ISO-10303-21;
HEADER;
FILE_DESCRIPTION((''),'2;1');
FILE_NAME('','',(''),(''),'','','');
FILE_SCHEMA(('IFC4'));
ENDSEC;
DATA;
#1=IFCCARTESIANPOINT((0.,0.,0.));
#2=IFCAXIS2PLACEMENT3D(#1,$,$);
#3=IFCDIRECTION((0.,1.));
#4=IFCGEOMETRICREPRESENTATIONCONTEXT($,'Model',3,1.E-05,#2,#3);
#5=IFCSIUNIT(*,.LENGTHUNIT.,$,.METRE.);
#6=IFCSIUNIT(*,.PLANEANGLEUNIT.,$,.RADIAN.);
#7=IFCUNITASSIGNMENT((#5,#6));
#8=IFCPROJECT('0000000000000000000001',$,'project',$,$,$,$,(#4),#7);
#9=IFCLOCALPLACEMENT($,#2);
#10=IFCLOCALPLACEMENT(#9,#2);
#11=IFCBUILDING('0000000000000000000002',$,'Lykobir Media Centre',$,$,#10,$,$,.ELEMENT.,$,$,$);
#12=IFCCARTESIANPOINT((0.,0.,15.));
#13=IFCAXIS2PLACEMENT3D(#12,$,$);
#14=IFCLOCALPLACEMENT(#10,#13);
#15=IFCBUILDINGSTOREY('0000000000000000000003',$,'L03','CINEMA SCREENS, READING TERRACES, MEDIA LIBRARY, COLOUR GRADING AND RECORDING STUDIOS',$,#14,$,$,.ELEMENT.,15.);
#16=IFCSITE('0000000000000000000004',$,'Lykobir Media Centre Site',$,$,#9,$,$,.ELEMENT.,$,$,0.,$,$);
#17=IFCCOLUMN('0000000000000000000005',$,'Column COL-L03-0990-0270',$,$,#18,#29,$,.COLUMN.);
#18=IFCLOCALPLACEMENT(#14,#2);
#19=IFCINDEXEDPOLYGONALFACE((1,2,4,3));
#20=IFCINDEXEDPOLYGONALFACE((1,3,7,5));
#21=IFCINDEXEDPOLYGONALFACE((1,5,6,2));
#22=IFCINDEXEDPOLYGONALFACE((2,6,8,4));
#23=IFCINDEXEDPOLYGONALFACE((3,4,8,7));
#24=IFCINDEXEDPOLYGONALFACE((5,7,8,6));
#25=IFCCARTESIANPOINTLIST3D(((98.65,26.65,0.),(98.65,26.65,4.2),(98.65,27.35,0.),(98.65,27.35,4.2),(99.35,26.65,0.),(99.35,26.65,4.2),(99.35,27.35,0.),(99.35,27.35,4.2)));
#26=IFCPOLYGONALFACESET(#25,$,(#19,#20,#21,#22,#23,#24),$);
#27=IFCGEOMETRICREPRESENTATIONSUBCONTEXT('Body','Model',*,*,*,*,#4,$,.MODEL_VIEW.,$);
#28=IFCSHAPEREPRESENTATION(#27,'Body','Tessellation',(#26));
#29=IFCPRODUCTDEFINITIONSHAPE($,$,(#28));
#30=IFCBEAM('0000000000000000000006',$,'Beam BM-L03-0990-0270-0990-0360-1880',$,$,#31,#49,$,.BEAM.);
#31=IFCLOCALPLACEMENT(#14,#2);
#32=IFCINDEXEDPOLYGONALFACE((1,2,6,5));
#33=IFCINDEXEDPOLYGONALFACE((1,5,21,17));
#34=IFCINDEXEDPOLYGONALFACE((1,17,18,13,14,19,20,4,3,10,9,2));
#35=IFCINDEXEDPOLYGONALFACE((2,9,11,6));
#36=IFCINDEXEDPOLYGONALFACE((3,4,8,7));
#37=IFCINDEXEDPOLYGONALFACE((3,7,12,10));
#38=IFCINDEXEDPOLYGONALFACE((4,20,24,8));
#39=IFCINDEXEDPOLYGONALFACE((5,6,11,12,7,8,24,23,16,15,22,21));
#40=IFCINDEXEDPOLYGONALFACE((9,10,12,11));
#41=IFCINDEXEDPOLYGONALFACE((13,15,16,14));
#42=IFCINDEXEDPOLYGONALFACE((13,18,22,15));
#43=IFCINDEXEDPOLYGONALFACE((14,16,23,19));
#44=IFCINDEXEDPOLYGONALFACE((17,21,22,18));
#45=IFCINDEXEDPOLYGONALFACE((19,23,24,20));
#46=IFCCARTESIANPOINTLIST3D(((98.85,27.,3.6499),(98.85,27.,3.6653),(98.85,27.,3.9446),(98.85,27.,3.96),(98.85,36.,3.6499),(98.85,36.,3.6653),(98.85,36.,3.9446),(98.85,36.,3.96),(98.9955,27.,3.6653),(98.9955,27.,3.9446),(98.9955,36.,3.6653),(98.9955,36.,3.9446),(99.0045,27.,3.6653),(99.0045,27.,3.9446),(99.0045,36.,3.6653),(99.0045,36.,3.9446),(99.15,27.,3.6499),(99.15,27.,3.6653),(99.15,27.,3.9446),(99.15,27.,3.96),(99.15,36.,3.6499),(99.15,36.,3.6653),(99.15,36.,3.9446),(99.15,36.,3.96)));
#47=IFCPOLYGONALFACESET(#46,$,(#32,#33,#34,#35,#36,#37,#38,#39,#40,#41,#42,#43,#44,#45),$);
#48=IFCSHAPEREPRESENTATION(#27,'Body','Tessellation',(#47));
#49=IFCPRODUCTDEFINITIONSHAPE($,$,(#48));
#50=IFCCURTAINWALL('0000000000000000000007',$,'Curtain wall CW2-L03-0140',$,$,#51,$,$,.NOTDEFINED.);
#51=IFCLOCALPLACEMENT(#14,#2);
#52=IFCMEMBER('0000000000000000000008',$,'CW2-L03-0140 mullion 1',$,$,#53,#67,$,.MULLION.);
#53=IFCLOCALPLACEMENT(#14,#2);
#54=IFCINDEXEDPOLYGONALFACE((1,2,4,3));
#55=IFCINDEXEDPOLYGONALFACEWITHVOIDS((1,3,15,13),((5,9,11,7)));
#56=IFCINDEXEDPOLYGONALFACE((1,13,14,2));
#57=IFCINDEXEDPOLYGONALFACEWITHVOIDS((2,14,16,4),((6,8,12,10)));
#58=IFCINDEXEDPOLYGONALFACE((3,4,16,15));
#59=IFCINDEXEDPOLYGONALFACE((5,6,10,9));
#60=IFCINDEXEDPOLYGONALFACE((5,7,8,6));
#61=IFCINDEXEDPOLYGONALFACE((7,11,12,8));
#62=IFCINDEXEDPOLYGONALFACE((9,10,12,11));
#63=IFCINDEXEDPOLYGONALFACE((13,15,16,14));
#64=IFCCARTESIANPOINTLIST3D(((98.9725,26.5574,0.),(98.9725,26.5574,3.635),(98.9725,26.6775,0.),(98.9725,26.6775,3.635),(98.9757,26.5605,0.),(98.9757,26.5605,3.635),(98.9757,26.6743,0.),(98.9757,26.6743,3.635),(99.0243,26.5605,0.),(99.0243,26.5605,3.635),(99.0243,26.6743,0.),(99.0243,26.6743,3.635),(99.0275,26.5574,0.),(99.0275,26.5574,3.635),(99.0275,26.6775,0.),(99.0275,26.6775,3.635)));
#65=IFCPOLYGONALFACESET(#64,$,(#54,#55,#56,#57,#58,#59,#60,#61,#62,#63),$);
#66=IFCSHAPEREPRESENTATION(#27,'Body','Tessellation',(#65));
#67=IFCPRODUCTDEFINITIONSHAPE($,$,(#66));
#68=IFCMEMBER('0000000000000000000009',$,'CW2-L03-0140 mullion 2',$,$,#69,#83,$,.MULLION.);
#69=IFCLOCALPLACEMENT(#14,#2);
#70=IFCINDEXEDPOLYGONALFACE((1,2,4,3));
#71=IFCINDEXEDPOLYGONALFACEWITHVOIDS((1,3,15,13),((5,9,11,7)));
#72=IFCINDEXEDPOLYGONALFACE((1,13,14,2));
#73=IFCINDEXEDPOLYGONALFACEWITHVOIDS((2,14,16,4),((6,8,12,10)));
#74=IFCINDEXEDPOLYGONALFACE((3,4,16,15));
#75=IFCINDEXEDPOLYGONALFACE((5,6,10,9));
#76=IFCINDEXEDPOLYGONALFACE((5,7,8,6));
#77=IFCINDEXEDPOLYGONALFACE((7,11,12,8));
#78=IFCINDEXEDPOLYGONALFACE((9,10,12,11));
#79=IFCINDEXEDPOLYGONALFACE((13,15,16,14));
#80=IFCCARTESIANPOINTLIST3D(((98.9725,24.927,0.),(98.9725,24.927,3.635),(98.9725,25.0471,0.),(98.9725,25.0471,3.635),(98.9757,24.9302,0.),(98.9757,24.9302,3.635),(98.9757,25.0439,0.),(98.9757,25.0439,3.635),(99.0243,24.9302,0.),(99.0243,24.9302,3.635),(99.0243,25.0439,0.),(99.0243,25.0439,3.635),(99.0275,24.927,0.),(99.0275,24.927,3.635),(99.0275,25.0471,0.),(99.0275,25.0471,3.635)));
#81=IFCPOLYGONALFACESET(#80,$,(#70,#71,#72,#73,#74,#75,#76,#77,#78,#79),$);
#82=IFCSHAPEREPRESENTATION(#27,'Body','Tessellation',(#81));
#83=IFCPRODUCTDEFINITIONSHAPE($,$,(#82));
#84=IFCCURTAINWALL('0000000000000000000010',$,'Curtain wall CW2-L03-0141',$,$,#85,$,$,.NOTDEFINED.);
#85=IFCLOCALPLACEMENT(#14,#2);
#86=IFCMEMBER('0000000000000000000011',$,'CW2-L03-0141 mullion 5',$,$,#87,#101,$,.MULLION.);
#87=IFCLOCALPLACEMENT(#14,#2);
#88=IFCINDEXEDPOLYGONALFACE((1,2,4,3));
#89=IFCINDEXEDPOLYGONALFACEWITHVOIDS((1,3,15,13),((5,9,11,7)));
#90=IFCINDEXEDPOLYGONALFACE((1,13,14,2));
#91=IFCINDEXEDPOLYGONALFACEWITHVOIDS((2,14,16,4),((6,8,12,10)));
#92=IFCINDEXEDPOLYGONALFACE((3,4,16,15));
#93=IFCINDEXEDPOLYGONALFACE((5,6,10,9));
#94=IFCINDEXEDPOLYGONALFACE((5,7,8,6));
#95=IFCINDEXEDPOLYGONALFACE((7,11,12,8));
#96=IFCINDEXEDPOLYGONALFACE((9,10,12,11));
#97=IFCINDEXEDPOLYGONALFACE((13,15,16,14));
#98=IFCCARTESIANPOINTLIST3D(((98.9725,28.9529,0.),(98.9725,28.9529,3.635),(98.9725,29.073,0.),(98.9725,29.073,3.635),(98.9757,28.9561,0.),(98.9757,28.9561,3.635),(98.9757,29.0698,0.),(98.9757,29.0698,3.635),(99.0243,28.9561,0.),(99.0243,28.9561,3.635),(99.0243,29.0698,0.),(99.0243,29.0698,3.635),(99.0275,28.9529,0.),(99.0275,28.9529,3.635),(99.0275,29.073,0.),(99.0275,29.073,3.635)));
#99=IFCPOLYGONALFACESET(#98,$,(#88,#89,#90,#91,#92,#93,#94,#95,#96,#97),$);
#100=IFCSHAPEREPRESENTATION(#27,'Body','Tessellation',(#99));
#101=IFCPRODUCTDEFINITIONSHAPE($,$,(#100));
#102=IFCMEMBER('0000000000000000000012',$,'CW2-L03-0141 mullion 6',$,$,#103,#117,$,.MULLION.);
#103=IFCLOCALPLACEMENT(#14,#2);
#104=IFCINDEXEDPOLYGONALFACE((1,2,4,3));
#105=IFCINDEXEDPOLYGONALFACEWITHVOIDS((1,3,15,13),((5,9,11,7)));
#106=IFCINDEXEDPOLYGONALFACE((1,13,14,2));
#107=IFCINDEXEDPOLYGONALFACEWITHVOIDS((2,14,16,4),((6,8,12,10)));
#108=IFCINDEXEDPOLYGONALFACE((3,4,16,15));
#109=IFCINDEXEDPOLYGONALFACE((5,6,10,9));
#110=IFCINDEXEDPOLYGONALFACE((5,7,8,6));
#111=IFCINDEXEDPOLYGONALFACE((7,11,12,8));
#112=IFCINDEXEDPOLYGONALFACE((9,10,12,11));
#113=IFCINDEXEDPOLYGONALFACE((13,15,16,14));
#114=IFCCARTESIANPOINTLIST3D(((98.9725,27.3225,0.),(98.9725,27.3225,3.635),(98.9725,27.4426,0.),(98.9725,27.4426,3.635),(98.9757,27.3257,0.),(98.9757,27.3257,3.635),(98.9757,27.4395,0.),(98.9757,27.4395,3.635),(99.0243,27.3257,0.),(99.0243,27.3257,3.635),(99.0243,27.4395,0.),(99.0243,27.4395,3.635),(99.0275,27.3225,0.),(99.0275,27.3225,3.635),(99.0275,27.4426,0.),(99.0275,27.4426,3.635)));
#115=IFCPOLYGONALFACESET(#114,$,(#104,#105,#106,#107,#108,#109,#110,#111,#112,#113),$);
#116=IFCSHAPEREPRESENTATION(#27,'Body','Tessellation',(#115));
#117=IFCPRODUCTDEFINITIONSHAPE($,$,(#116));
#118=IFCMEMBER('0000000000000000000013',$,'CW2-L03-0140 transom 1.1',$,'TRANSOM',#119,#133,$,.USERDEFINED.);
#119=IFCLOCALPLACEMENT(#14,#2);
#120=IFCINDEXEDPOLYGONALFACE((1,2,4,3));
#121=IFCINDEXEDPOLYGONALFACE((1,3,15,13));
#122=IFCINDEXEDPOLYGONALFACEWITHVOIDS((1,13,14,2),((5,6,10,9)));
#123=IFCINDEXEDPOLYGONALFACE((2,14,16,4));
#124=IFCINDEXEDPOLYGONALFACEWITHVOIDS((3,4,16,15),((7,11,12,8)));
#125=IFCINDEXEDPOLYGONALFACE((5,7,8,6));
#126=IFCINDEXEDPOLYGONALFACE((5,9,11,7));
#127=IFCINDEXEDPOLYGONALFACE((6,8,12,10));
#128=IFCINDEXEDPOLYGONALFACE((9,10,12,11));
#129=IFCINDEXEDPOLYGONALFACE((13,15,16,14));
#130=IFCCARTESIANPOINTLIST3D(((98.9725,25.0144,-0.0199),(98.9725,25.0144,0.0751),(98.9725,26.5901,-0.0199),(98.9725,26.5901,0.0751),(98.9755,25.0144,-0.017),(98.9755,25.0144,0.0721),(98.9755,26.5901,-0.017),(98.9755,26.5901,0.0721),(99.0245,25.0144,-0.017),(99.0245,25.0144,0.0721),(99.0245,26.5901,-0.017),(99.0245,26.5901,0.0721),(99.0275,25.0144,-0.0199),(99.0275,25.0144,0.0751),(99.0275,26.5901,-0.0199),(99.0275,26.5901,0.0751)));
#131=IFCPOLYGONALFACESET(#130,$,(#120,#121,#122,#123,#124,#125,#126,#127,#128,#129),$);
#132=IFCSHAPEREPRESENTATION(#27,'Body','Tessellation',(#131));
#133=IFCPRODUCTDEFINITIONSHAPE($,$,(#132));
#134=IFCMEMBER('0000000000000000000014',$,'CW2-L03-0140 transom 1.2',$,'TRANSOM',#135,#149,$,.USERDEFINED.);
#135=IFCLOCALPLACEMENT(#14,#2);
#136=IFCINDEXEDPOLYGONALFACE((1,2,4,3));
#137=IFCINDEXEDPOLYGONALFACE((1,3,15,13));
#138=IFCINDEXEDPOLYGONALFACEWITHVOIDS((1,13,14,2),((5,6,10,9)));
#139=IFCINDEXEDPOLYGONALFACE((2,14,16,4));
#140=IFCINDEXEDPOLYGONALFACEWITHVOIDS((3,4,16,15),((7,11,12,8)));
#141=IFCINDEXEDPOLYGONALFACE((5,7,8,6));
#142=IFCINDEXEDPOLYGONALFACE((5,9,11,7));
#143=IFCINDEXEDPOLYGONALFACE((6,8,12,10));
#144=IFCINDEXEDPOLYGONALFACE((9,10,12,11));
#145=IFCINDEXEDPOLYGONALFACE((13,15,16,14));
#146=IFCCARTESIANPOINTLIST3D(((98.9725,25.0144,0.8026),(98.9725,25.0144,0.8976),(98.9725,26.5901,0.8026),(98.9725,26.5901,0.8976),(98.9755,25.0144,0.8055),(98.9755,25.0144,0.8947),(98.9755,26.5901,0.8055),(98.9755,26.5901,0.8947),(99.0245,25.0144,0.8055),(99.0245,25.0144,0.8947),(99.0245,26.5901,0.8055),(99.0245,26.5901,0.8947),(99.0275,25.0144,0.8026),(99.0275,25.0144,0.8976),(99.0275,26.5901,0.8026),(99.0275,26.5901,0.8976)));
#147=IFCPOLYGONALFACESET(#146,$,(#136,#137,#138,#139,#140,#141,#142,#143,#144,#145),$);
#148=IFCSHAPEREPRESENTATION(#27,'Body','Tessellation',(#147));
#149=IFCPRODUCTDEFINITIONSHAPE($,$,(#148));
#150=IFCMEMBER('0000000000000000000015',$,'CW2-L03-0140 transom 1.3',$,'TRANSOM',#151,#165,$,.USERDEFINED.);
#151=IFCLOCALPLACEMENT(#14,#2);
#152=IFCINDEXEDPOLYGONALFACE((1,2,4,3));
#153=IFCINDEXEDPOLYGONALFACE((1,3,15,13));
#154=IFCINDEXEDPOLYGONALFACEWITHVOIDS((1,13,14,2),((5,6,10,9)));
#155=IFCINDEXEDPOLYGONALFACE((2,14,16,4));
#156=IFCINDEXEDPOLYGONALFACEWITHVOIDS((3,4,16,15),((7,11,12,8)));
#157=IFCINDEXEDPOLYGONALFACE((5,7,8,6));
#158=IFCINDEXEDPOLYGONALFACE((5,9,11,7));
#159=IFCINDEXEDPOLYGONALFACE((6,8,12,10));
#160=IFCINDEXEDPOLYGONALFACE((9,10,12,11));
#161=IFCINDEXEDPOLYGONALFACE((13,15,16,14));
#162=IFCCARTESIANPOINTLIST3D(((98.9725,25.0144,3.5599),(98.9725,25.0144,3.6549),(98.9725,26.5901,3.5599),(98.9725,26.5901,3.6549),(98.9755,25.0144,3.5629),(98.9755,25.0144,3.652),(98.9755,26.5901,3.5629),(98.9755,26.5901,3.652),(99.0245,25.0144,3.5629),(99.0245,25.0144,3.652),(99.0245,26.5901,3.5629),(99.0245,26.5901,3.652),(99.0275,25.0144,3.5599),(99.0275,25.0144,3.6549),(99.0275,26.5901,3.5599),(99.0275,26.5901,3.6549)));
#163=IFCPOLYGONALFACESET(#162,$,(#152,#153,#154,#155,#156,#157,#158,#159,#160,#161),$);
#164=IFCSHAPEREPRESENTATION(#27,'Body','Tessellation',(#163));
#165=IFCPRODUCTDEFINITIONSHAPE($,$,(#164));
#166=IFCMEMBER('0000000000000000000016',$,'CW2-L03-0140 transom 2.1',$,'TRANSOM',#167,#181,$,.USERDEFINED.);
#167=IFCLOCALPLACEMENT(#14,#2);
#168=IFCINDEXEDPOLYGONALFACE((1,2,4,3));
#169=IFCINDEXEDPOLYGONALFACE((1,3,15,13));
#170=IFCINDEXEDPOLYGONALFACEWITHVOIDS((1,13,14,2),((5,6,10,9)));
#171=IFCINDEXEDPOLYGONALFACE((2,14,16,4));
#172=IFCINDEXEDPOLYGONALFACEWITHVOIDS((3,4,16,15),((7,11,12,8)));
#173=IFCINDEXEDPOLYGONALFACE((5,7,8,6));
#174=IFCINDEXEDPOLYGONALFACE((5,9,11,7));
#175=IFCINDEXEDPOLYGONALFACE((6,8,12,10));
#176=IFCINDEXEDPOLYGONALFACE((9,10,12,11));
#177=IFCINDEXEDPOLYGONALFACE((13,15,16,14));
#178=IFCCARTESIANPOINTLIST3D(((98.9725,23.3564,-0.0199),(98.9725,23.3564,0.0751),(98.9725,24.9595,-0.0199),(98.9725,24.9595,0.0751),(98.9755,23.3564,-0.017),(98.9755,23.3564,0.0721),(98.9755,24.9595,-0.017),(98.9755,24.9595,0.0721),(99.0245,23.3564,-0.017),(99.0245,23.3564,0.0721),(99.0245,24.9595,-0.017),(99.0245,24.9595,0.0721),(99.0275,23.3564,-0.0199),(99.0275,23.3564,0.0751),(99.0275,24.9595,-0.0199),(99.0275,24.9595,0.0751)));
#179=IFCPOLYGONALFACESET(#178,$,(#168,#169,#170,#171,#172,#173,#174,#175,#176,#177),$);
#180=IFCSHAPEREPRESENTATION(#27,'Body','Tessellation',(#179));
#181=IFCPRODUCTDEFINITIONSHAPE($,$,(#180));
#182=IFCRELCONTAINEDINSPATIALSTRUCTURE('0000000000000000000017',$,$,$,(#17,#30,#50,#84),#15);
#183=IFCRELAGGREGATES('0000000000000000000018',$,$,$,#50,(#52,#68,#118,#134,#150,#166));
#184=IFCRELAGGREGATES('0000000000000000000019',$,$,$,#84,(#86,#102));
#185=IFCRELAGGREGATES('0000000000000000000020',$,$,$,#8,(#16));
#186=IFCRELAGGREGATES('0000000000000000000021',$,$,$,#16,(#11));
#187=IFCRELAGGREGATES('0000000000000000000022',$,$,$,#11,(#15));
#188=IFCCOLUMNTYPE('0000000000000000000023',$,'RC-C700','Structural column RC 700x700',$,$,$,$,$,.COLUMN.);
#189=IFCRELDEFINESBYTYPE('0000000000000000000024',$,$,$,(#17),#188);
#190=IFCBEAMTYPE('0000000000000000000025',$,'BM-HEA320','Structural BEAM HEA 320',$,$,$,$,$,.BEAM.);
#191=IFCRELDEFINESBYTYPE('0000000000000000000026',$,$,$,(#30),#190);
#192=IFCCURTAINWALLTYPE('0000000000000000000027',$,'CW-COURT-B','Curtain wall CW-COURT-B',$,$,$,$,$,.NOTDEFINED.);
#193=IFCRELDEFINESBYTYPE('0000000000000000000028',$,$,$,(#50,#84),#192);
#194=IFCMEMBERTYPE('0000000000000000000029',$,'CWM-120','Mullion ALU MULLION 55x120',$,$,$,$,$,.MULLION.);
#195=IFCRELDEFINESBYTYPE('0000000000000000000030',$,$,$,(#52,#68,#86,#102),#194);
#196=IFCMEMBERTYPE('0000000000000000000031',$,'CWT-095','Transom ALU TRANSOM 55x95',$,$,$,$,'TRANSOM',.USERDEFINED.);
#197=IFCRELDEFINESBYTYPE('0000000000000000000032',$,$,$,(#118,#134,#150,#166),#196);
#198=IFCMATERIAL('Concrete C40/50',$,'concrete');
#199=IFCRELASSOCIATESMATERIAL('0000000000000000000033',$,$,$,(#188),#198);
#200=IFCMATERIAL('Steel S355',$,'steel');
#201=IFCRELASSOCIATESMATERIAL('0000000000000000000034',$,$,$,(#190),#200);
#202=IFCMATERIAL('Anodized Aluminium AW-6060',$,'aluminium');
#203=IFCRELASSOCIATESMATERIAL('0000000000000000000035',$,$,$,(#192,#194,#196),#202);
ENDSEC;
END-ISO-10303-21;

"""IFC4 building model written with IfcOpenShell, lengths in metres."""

from ifc_helpers import new_model, si_unit, direction, frame, origin, origin_2d, place, context, subcontext, project, spatial, rectangle, hollow_rectangle, i_section, extrude, material, material_profile, profile_set, type_object, element, aggregate, save


model = new_model("IFC4")

# Units and contexts
model_context = context("Model", 3, precision=1e-05, world=origin(), true_north=direction((0.0, 1.0)))
body_context = subcontext(model_context, "Body", "Model", "MODEL_VIEW")
ifc_project = project(units=[si_unit("LENGTHUNIT", "METRE"), si_unit("PLANEANGLEUNIT", "RADIAN")], contexts=[model_context])

# Site, building, storey
site_placement = place(None, origin())
site = spatial("IfcSite", under=ifc_project, at=site_placement, Name="Lykobir Media Centre Site", CompositionType="ELEMENT", RefElevation=0.0)
building_placement = place(site_placement, origin())
building = spatial("IfcBuilding", under=site, at=building_placement, Name="Lykobir Media Centre", CompositionType="ELEMENT")
storey_placement = place(building_placement, frame((0.0, 0.0, 15.0)))
storey = spatial("IfcBuildingStorey", under=building, at=storey_placement, Name="L03", Description="CINEMA SCREENS, READING TERRACES, MEDIA LIBRARY, COLOUR GRADING AND RECORDING STUDIOS", CompositionType="ELEMENT", Elevation=15.0)

# Column
ifc_material_1 = material(Name="Concrete C40/50", Category="concrete")
ifc_material_profile_1 = material_profile(ifc_material_1, rectangle(XDim=0.7, YDim=0.7, at=origin_2d()), Name="RC 700x700")
ifc_profile_set_1 = profile_set([ifc_material_profile_1], Name="Concrete C40/50")
column_type = type_object("IfcColumnType", Name="RC-C700", Description="Structural column RC 700x700", PredefinedType="COLUMN", material=ifc_profile_set_1)
column_placement = place(storey_placement, frame((99.0, 27.0, 0.0), z_axis=(0.0, 0.0, 1.0), x_axis=(1.0, 0.0, 0.0)))
element("IfcColumn", 1, at=column_placement, inside=storey, type_object=column_type, Name="Column COL-L03-0990-0270", PredefinedType="COLUMN", context=body_context, shape_type="SweptSolid", body=[
    extrude(rectangle(XDim=0.7, YDim=0.7, at=origin_2d()), origin(), (0.0, 0.0, 1.0), 4.2),
])

# Beam
ifc_material_2 = material(Name="Steel S355", Category="steel")
ifc_material_profile_2 = material_profile(ifc_material_2, i_section(OverallWidth=0.3, OverallDepth=0.3101, WebThickness=0.009, FlangeThickness=0.0154, at=origin_2d()), Name="HEA 320")
ifc_profile_set_2 = profile_set([ifc_material_profile_2], Name="Steel S355")
beam_type = type_object("IfcBeamType", Name="BM-HEA320", Description="Structural BEAM HEA 320", PredefinedType="BEAM", material=ifc_profile_set_2)
beam_placement = place(storey_placement, frame((99.0, 27.0, 3.8049), z_axis=(0.0, 1.0, 0.0), x_axis=(-1.0, 0.0, 0.0)))
element("IfcBeam", 2, at=beam_placement, inside=storey, type_object=beam_type, Name="Beam BM-L03-0990-0270-0990-0360-1880", PredefinedType="BEAM", context=body_context, shape_type="SweptSolid", body=[
    extrude(i_section(OverallWidth=0.3, OverallDepth=0.3101, WebThickness=0.009, FlangeThickness=0.0154, at=origin_2d()), origin(), (0.0, 0.0, 1.0), 9.0),
])

# Curtain walls, members
ifc_material_3 = material(Name="Anodized Aluminium AW-6060", Category="aluminium")
curtain_wall_type = type_object("IfcCurtainWallType", Name="CW-COURT-B", Description="Curtain wall CW-COURT-B", PredefinedType="NOTDEFINED", material=ifc_material_3)
curtain_wall_1_placement = place(storey_placement, origin())
curtain_wall_1 = element("IfcCurtainWall", 3, at=curtain_wall_1_placement, inside=storey, type_object=curtain_wall_type, Name="Curtain wall CW2-L03-0140", PredefinedType="NOTDEFINED")
ifc_material_profile_3 = material_profile(ifc_material_3, hollow_rectangle(XDim=0.0549, YDim=0.1201, WallThickness=0.0032, at=origin_2d()), Name="ALU MULLION 55x120")
ifc_profile_set_3 = profile_set([ifc_material_profile_3], Name="Anodized Aluminium AW-6060")
member_type_1 = type_object("IfcMemberType", Name="CWM-120", Description="Mullion ALU MULLION 55x120", PredefinedType="MULLION", material=ifc_profile_set_3)
member_1_placement = place(storey_placement, frame((99.0, 26.6174, 0.0), z_axis=(0.0, 0.0, 1.0), x_axis=(1.0, 0.0, 0.0)))
member_1 = element("IfcMember", 4, at=member_1_placement, type_object=member_type_1, Name="CW2-L03-0140 mullion 1", PredefinedType="MULLION", context=body_context, shape_type="SweptSolid", body=[
    extrude(hollow_rectangle(XDim=0.0549, YDim=0.1201, WallThickness=0.0032, at=origin_2d()), origin(), (0.0, 0.0, 1.0), 3.635),
])
member_2_placement = place(storey_placement, frame((99.0, 24.9871, 0.0), z_axis=(0.0, 0.0, 1.0), x_axis=(1.0, 0.0, 0.0)))
member_2 = element("IfcMember", 5, at=member_2_placement, type_object=member_type_1, Name="CW2-L03-0140 mullion 2", PredefinedType="MULLION", context=body_context, shape_type="SweptSolid", body=[
    extrude(hollow_rectangle(XDim=0.0549, YDim=0.1201, WallThickness=0.0032, at=origin_2d()), origin(), (0.0, 0.0, 1.0), 3.635),
])
curtain_wall_2_placement = place(storey_placement, origin())
curtain_wall_2 = element("IfcCurtainWall", 6, at=curtain_wall_2_placement, inside=storey, type_object=curtain_wall_type, Name="Curtain wall CW2-L03-0141", PredefinedType="NOTDEFINED")
member_3_placement = place(storey_placement, frame((99.0, 29.0129, 0.0), z_axis=(0.0, 0.0, 1.0), x_axis=(1.0, 0.0, 0.0)))
member_3 = element("IfcMember", 7, at=member_3_placement, type_object=member_type_1, Name="CW2-L03-0141 mullion 5", PredefinedType="MULLION", context=body_context, shape_type="SweptSolid", body=[
    extrude(hollow_rectangle(XDim=0.0549, YDim=0.1201, WallThickness=0.0032, at=origin_2d()), origin(), (0.0, 0.0, 1.0), 3.635),
])
member_4_placement = place(storey_placement, frame((99.0, 27.3826, 0.0), z_axis=(0.0, 0.0, 1.0), x_axis=(1.0, 0.0, 0.0)))
member_4 = element("IfcMember", 8, at=member_4_placement, type_object=member_type_1, Name="CW2-L03-0141 mullion 6", PredefinedType="MULLION", context=body_context, shape_type="SweptSolid", body=[
    extrude(hollow_rectangle(XDim=0.0549, YDim=0.1201, WallThickness=0.0032, at=origin_2d()), origin(), (0.0, 0.0, 1.0), 3.635),
])

# Members
ifc_material_profile_4 = material_profile(ifc_material_3, hollow_rectangle(XDim=0.0549, YDim=0.095, WallThickness=0.0029, at=origin_2d()), Name="ALU TRANSOM 55x95")
ifc_profile_set_4 = profile_set([ifc_material_profile_4], Name="Anodized Aluminium AW-6060")
member_type_2 = type_object("IfcMemberType", Name="CWT-095", Description="Transom ALU TRANSOM 55x95", ElementType="TRANSOM", PredefinedType="USERDEFINED", material=ifc_profile_set_4)
member_5_placement = place(storey_placement, frame((99.0, 26.5901, 0.0276), z_axis=(0.0, -1.0, 0.0), x_axis=(1.0, 0.0, 0.0)))
member_5 = element("IfcMember", 9, at=member_5_placement, type_object=member_type_2, Name="CW2-L03-0140 transom 1.1", ObjectType="TRANSOM", PredefinedType="USERDEFINED", context=body_context, shape_type="SweptSolid", body=[
    extrude(hollow_rectangle(XDim=0.0549, YDim=0.095, WallThickness=0.0029, at=origin_2d()), origin(), (0.0, 0.0, 1.0), 1.5757),
])
member_6_placement = place(storey_placement, frame((99.0, 26.5901, 0.8501), z_axis=(0.0, -1.0, 0.0), x_axis=(1.0, 0.0, 0.0)))
member_6 = element("IfcMember", 10, at=member_6_placement, type_object=member_type_2, Name="CW2-L03-0140 transom 1.2", ObjectType="TRANSOM", PredefinedType="USERDEFINED", context=body_context, shape_type="SweptSolid", body=[
    extrude(hollow_rectangle(XDim=0.0549, YDim=0.095, WallThickness=0.0029, at=origin_2d()), origin(), (0.0, 0.0, 1.0), 1.5757),
])
member_7_placement = place(storey_placement, frame((99.0, 26.5901, 3.6074), z_axis=(0.0, -1.0, 0.0), x_axis=(1.0, 0.0, 0.0)))
member_7 = element("IfcMember", 11, at=member_7_placement, type_object=member_type_2, Name="CW2-L03-0140 transom 1.3", ObjectType="TRANSOM", PredefinedType="USERDEFINED", context=body_context, shape_type="SweptSolid", body=[
    extrude(hollow_rectangle(XDim=0.0549, YDim=0.095, WallThickness=0.0029, at=origin_2d()), origin(), (0.0, 0.0, 1.0), 1.5757),
])
member_8_placement = place(storey_placement, frame((99.0, 24.9595, 0.0276), z_axis=(0.0, -1.0, 0.0), x_axis=(1.0, 0.0, 0.0)))
member_8 = element("IfcMember", 12, at=member_8_placement, type_object=member_type_2, Name="CW2-L03-0140 transom 2.1", ObjectType="TRANSOM", PredefinedType="USERDEFINED", context=body_context, shape_type="SweptSolid", body=[
    extrude(hollow_rectangle(XDim=0.0549, YDim=0.095, WallThickness=0.0029, at=origin_2d()), origin(), (0.0, 0.0, 1.0), 1.603),
])

aggregate(curtain_wall_1, [member_1, member_2, member_5, member_6, member_7, member_8])
aggregate(curtain_wall_2, [member_3, member_4])

save(model, "model.ifc")
